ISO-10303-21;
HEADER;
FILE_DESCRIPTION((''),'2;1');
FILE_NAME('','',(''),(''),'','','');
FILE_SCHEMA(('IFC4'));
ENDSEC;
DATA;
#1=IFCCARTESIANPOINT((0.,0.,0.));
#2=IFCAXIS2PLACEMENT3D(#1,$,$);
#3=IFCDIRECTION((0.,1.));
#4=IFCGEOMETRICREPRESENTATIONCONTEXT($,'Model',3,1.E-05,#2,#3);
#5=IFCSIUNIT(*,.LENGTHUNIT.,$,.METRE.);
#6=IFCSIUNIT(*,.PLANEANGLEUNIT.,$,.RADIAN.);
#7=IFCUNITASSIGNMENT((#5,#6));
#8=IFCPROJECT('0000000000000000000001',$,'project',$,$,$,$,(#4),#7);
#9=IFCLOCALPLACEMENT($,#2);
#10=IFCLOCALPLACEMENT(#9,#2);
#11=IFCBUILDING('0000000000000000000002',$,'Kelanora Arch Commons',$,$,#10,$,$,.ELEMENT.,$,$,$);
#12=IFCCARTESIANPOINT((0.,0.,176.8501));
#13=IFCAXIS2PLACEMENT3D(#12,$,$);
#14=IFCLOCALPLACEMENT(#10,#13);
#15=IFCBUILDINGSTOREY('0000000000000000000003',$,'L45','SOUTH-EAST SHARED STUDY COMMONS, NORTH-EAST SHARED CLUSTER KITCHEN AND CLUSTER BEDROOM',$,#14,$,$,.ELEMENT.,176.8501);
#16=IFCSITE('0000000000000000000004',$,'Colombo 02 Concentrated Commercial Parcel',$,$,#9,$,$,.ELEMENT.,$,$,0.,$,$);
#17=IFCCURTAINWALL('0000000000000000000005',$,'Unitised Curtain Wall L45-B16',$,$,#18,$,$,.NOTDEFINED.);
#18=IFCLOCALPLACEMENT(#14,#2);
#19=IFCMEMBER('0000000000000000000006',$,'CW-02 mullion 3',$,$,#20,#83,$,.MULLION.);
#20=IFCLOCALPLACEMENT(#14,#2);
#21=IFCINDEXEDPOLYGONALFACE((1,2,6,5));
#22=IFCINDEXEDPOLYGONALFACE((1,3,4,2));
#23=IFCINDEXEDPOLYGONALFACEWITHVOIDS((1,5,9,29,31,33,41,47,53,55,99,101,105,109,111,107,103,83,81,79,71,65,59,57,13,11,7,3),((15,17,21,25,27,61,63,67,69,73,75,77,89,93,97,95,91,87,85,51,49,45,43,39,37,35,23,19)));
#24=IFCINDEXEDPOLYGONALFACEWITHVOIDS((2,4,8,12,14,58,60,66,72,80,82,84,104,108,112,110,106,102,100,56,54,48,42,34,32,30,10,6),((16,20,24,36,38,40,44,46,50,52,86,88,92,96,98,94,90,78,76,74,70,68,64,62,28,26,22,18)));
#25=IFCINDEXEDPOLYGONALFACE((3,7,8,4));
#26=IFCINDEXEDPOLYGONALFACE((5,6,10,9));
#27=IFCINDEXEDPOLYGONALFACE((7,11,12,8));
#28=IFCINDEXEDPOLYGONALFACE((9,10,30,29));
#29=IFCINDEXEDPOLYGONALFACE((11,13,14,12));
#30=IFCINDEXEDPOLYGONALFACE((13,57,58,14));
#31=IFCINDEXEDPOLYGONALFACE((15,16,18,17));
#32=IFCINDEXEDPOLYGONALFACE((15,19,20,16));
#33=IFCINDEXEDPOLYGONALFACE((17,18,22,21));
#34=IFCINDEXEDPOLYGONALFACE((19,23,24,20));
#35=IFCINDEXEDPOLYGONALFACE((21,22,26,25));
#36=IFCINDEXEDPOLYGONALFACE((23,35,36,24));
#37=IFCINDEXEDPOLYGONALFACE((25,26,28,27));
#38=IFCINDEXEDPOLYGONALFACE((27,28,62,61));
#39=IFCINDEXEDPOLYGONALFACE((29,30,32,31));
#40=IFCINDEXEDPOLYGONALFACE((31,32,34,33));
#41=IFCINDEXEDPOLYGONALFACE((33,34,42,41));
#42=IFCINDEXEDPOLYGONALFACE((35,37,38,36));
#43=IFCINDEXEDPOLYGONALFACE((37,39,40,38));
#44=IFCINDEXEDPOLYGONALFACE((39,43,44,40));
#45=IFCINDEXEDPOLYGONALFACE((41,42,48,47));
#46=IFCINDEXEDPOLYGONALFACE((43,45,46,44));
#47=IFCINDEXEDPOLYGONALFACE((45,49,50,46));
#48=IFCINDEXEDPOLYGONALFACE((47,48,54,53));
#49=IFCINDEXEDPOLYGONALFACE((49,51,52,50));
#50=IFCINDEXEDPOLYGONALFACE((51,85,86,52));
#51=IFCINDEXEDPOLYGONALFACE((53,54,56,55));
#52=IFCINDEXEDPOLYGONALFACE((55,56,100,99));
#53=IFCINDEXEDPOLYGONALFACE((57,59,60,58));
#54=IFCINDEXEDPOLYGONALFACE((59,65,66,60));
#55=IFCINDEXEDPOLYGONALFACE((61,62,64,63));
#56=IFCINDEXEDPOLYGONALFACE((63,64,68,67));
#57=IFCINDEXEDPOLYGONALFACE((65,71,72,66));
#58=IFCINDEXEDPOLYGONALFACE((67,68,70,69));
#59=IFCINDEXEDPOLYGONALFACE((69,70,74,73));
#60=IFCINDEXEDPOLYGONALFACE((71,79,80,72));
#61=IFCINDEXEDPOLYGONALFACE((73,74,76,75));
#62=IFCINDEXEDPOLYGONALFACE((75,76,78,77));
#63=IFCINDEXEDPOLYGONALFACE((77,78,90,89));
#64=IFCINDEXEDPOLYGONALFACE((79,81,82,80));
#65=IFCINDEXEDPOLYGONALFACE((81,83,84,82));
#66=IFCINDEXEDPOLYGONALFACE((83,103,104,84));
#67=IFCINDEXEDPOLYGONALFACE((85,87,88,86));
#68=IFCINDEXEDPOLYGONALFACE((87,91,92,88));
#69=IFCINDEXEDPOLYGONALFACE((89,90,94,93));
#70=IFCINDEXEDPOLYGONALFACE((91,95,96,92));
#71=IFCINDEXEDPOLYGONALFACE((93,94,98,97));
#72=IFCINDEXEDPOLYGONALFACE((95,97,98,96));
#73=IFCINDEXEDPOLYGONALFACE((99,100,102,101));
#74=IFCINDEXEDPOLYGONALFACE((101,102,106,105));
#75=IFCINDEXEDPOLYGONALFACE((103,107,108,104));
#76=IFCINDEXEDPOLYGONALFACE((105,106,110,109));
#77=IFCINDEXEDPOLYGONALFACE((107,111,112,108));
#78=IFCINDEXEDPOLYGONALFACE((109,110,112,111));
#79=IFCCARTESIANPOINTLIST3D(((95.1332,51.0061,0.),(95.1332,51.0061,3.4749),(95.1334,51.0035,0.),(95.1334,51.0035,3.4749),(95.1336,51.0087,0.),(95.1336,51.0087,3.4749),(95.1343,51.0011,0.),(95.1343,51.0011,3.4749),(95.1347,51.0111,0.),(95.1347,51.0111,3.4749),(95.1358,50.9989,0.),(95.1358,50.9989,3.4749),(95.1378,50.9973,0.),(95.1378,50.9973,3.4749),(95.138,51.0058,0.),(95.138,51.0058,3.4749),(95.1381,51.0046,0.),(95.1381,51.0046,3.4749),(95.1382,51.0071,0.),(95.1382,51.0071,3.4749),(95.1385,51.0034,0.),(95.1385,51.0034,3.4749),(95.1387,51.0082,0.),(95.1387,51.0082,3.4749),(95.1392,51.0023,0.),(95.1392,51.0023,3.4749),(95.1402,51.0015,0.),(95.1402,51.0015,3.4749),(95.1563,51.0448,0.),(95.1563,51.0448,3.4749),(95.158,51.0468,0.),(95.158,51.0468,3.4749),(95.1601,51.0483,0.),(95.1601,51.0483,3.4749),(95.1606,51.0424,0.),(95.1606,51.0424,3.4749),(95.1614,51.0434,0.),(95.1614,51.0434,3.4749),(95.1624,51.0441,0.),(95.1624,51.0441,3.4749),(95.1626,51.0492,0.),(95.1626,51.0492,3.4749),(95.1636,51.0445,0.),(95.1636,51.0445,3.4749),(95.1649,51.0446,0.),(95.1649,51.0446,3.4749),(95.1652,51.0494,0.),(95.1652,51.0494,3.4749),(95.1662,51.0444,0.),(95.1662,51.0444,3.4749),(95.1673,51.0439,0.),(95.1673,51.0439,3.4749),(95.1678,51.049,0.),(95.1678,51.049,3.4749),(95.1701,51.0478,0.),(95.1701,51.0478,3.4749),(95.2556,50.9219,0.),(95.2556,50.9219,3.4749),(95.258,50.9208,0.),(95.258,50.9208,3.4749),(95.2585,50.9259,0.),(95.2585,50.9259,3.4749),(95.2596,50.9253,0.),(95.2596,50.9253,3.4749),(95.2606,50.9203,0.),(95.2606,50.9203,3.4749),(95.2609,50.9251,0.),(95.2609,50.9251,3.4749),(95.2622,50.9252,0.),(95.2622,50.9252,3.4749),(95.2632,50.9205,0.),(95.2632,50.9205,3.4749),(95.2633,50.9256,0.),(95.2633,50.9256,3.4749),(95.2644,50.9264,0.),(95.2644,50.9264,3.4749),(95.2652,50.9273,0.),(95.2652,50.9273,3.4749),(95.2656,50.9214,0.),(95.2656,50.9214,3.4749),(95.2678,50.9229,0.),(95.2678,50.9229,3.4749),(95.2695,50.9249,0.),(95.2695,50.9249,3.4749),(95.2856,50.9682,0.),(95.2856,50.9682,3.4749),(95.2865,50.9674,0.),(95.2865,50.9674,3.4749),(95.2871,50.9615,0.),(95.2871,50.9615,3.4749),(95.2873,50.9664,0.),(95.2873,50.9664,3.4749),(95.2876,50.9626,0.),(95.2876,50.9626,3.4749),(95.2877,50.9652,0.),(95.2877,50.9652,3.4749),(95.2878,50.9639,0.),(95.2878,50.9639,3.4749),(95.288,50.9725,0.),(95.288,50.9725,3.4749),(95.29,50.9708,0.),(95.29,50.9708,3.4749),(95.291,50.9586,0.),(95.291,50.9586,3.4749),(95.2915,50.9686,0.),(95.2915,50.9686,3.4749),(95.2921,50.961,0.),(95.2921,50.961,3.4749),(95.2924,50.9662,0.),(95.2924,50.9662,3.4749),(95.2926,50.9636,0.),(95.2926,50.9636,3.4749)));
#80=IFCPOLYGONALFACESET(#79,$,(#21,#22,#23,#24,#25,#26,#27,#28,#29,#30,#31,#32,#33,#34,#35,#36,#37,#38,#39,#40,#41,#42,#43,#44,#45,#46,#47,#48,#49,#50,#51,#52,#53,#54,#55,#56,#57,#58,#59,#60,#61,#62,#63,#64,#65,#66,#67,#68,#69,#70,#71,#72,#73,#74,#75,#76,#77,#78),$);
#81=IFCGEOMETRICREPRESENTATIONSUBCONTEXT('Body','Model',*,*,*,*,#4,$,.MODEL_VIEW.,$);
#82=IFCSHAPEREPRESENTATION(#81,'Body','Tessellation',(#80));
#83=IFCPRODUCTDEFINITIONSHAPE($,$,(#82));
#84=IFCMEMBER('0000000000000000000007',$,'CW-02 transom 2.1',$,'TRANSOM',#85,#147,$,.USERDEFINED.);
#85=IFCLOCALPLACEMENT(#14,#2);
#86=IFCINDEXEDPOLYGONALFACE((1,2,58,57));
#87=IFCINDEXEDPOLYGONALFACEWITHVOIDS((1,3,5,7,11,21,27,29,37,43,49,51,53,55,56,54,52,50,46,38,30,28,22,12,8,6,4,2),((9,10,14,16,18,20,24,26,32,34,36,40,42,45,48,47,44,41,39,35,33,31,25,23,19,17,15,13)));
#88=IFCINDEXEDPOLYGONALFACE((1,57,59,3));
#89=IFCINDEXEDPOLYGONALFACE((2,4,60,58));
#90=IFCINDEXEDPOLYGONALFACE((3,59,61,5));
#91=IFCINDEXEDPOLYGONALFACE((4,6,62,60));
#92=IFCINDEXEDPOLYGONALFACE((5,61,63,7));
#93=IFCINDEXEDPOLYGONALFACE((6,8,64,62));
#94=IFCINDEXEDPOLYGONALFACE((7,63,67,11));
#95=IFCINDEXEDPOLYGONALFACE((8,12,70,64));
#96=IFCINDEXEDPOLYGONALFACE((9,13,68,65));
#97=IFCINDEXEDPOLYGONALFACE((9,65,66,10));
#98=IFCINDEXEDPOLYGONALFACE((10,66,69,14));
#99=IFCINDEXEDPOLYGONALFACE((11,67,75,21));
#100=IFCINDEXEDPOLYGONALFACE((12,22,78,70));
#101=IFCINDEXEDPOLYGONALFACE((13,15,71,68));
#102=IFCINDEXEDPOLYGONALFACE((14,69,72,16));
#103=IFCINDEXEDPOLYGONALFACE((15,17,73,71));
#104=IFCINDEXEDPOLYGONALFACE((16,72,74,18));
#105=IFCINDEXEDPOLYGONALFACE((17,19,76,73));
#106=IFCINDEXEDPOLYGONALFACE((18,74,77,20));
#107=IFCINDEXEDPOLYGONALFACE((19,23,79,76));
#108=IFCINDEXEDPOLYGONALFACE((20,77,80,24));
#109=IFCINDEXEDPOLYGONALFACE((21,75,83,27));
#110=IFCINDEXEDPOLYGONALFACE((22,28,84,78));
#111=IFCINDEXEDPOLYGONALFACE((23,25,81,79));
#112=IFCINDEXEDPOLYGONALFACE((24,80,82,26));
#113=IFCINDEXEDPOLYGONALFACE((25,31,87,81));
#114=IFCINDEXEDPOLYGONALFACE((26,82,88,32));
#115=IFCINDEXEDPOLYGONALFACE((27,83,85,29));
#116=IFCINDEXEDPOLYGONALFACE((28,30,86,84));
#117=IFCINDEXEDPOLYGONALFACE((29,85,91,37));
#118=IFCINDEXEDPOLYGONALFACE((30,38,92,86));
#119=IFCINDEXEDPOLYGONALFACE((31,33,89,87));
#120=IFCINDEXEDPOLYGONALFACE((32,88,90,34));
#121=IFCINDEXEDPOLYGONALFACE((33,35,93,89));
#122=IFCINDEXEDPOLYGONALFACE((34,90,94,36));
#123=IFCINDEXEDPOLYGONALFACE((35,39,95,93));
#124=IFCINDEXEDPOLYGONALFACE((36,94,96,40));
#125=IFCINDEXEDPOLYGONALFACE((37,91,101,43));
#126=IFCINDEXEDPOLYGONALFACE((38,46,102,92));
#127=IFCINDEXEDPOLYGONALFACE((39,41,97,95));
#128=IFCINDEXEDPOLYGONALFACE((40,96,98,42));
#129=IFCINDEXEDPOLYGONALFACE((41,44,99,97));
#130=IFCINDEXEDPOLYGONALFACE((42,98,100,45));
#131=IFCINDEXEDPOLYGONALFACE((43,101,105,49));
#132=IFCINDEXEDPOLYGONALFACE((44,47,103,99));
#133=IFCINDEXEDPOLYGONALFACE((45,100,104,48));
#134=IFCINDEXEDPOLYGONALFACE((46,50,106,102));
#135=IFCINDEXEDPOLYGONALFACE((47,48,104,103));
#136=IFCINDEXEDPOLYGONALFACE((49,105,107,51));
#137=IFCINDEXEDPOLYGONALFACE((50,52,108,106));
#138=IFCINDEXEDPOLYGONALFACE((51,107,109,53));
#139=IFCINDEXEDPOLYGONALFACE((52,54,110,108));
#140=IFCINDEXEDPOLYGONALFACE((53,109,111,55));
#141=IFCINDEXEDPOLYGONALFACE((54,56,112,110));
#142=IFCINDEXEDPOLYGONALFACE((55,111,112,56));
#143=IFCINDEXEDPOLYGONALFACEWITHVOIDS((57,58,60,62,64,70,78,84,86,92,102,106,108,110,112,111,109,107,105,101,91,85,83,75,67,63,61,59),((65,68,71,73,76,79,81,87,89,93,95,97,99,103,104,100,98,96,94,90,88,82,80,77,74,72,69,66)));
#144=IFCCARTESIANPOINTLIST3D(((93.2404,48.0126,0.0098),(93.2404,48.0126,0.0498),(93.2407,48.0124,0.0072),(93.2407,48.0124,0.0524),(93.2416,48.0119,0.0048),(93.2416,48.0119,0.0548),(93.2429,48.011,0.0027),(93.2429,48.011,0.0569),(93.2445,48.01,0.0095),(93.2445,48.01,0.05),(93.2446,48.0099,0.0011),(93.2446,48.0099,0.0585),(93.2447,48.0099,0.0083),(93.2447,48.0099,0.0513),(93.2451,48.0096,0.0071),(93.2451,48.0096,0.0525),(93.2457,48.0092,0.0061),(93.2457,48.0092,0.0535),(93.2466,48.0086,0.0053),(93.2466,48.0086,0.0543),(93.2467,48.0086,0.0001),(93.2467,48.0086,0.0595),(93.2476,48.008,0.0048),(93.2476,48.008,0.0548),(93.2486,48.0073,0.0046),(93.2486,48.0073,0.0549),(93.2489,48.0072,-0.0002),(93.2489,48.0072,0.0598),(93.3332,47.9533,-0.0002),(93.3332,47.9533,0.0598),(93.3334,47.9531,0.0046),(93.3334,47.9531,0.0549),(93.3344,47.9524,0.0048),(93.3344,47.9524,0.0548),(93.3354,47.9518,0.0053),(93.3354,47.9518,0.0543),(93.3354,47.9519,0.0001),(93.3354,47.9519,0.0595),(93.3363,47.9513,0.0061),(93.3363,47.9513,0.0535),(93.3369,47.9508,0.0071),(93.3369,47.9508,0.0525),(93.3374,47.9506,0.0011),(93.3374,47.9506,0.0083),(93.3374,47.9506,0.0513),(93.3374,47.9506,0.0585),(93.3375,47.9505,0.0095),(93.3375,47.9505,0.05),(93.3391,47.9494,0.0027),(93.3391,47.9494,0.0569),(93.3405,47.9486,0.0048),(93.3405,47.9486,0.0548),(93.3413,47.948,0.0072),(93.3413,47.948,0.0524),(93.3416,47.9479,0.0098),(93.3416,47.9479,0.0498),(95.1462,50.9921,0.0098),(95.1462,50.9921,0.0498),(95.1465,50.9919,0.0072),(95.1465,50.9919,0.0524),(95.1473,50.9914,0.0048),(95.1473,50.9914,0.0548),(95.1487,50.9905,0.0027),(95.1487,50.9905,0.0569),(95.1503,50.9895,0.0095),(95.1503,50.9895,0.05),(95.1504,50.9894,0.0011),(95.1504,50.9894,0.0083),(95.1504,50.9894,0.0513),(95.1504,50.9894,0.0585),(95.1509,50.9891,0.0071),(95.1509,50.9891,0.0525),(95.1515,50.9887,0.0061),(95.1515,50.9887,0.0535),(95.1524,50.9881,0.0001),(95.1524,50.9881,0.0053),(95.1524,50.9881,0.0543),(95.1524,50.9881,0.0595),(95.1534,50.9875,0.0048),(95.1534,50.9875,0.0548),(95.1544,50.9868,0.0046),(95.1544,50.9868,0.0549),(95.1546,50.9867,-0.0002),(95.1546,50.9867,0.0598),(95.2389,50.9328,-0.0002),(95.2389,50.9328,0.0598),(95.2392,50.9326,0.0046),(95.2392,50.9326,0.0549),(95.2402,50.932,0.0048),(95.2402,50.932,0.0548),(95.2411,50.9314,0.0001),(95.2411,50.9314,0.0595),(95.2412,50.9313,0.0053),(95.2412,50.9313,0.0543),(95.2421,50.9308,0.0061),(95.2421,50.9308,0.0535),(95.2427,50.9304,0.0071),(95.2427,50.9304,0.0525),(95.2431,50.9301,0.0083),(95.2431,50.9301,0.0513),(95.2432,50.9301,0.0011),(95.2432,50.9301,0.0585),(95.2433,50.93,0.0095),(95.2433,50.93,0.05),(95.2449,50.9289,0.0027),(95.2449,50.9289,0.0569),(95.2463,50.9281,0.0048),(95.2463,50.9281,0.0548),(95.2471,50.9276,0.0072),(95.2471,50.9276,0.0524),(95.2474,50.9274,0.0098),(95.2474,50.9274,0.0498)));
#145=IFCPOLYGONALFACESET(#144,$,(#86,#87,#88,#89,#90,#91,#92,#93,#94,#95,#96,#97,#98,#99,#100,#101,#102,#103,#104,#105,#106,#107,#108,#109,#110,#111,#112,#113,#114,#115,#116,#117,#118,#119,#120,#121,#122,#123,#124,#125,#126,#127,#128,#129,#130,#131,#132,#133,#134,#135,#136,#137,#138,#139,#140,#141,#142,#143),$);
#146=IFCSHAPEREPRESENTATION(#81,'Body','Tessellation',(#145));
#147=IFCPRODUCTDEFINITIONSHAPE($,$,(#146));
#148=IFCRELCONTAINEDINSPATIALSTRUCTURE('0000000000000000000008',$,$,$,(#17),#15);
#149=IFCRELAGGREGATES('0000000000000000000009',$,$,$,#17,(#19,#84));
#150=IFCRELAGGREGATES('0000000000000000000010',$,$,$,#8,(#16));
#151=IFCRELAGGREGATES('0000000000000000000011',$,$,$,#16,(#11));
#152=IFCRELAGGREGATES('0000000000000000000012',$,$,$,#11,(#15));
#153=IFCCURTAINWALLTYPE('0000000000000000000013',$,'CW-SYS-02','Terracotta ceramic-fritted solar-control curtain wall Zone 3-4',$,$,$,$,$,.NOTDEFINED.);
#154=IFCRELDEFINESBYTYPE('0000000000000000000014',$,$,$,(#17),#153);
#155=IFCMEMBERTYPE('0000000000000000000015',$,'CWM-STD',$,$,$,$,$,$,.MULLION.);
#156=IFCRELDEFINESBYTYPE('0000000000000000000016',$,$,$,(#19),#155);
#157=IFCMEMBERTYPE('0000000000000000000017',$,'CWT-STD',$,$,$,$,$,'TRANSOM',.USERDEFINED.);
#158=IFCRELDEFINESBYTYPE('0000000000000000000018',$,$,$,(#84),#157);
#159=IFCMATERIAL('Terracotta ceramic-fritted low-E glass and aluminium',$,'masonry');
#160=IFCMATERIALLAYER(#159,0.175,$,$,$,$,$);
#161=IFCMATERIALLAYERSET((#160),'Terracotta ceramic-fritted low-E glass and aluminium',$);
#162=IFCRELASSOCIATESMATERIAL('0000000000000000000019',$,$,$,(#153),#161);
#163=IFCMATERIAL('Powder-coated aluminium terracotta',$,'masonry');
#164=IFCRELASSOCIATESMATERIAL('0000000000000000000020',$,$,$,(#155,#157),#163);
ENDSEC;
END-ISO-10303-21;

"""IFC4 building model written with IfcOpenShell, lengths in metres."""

from ifc_helpers import new_model, si_unit, direction, frame, origin, origin_2d, place, context, subcontext, project, spatial, hollow_rectangle, extrude, material, layer, layer_set, material_profile, profile_set, type_object, element, aggregate, save


model = new_model("IFC4")

# Units and contexts
model_context = context("Model", 3, precision=1e-05, world=origin(), true_north=direction((0.0, 1.0)))
body_context = subcontext(model_context, "Body", "Model", "MODEL_VIEW")
ifc_project = project(units=[si_unit("LENGTHUNIT", "METRE"), si_unit("PLANEANGLEUNIT", "RADIAN")], contexts=[model_context])

# Site, building, storey
site_placement = place(None, origin())
site = spatial("IfcSite", under=ifc_project, at=site_placement, Name="Colombo 02 Concentrated Commercial Parcel", CompositionType="ELEMENT", RefElevation=0.0)
building_placement = place(site_placement, origin())
building = spatial("IfcBuilding", under=site, at=building_placement, Name="Kelanora Arch Commons", CompositionType="ELEMENT")
storey_placement = place(building_placement, frame((0.0, 0.0, 176.8501)))
storey = spatial("IfcBuildingStorey", under=building, at=storey_placement, Name="L45", Description="SOUTH-EAST SHARED STUDY COMMONS, NORTH-EAST SHARED CLUSTER KITCHEN AND CLUSTER BEDROOM", CompositionType="ELEMENT", Elevation=176.8501)

# Curtain wall, members
ifc_material_1 = material(Name="Terracotta ceramic-fritted low-E glass and aluminium", Category="masonry")
ifc_layer_1 = layer(ifc_material_1, 0.175)
ifc_layer_set_1 = layer_set([ifc_layer_1], Name="Terracotta ceramic-fritted low-E glass and aluminium")
curtain_wall_type = type_object("IfcCurtainWallType", Name="CW-SYS-02", Description="Terracotta ceramic-fritted solar-control curtain wall Zone 3-4", PredefinedType="NOTDEFINED", material=ifc_layer_set_1)
curtain_wall_placement = place(storey_placement, origin())
curtain_wall = element("IfcCurtainWall", 1, at=curtain_wall_placement, inside=storey, type_object=curtain_wall_type, Name="Unitised Curtain Wall L45-B16", PredefinedType="NOTDEFINED")
ifc_material_2 = material(Name="Powder-coated aluminium terracotta", Category="masonry")
ifc_material_profile_1 = material_profile(ifc_material_2, hollow_rectangle(XDim=0.1599, YDim=0.0601, WallThickness=0.0049, InnerFilletRadius=0.0049, OuterFilletRadius=0.01, at=origin_2d()), Name="CWM160x60")
ifc_profile_set_1 = profile_set([ifc_material_profile_1], Name="Powder-coated aluminium terracotta")
member_type_1 = type_object("IfcMemberType", Name="CWM-STD", PredefinedType="MULLION", material=ifc_profile_set_1)
member_1_placement = place(storey_placement, frame((95.2129, 50.9849, 0.0), z_axis=(0.0, 0.0, 1.0), x_axis=(-0.842423, 0.538817, 0.0)))
member_1 = element("IfcMember", 2, at=member_1_placement, type_object=member_type_1, Name="CW-02 mullion 3", PredefinedType="MULLION", context=body_context, shape_type="SweptSolid", body=[
    extrude(hollow_rectangle(XDim=0.1599, YDim=0.0601, WallThickness=0.0049, InnerFilletRadius=0.0049, OuterFilletRadius=0.01, at=origin_2d()), origin(), (0.0, 0.0, 1.0), 3.4749),
])
ifc_material_profile_2 = material_profile(ifc_material_2, hollow_rectangle(XDim=0.1201, YDim=0.0601, WallThickness=0.0049, InnerFilletRadius=0.0049, OuterFilletRadius=0.01, at=origin_2d()), Name="CWT120x60")
ifc_profile_set_2 = profile_set([ifc_material_profile_2], Name="Powder-coated aluminium terracotta")
member_type_2 = type_object("IfcMemberType", Name="CWT-STD", ElementType="TRANSOM", PredefinedType="USERDEFINED", material=ifc_profile_set_2)
member_2_placement = place(storey_placement, frame((93.291, 47.9802, 0.0298), z_axis=(0.53883, 0.842414, 0.0), x_axis=(-0.842414, 0.53883, 0.0)))
member_2 = element("IfcMember", 3, at=member_2_placement, type_object=member_type_2, Name="CW-02 transom 2.1", ObjectType="TRANSOM", PredefinedType="USERDEFINED", context=body_context, shape_type="SweptSolid", body=[
    extrude(hollow_rectangle(XDim=0.1201, YDim=0.0601, WallThickness=0.0049, InnerFilletRadius=0.0049, OuterFilletRadius=0.01, at=origin_2d()), origin(), (0.0, 0.0, 1.0), 3.5369),
])
aggregate(curtain_wall, [member_1, member_2])

save(model, "model.ifc")
